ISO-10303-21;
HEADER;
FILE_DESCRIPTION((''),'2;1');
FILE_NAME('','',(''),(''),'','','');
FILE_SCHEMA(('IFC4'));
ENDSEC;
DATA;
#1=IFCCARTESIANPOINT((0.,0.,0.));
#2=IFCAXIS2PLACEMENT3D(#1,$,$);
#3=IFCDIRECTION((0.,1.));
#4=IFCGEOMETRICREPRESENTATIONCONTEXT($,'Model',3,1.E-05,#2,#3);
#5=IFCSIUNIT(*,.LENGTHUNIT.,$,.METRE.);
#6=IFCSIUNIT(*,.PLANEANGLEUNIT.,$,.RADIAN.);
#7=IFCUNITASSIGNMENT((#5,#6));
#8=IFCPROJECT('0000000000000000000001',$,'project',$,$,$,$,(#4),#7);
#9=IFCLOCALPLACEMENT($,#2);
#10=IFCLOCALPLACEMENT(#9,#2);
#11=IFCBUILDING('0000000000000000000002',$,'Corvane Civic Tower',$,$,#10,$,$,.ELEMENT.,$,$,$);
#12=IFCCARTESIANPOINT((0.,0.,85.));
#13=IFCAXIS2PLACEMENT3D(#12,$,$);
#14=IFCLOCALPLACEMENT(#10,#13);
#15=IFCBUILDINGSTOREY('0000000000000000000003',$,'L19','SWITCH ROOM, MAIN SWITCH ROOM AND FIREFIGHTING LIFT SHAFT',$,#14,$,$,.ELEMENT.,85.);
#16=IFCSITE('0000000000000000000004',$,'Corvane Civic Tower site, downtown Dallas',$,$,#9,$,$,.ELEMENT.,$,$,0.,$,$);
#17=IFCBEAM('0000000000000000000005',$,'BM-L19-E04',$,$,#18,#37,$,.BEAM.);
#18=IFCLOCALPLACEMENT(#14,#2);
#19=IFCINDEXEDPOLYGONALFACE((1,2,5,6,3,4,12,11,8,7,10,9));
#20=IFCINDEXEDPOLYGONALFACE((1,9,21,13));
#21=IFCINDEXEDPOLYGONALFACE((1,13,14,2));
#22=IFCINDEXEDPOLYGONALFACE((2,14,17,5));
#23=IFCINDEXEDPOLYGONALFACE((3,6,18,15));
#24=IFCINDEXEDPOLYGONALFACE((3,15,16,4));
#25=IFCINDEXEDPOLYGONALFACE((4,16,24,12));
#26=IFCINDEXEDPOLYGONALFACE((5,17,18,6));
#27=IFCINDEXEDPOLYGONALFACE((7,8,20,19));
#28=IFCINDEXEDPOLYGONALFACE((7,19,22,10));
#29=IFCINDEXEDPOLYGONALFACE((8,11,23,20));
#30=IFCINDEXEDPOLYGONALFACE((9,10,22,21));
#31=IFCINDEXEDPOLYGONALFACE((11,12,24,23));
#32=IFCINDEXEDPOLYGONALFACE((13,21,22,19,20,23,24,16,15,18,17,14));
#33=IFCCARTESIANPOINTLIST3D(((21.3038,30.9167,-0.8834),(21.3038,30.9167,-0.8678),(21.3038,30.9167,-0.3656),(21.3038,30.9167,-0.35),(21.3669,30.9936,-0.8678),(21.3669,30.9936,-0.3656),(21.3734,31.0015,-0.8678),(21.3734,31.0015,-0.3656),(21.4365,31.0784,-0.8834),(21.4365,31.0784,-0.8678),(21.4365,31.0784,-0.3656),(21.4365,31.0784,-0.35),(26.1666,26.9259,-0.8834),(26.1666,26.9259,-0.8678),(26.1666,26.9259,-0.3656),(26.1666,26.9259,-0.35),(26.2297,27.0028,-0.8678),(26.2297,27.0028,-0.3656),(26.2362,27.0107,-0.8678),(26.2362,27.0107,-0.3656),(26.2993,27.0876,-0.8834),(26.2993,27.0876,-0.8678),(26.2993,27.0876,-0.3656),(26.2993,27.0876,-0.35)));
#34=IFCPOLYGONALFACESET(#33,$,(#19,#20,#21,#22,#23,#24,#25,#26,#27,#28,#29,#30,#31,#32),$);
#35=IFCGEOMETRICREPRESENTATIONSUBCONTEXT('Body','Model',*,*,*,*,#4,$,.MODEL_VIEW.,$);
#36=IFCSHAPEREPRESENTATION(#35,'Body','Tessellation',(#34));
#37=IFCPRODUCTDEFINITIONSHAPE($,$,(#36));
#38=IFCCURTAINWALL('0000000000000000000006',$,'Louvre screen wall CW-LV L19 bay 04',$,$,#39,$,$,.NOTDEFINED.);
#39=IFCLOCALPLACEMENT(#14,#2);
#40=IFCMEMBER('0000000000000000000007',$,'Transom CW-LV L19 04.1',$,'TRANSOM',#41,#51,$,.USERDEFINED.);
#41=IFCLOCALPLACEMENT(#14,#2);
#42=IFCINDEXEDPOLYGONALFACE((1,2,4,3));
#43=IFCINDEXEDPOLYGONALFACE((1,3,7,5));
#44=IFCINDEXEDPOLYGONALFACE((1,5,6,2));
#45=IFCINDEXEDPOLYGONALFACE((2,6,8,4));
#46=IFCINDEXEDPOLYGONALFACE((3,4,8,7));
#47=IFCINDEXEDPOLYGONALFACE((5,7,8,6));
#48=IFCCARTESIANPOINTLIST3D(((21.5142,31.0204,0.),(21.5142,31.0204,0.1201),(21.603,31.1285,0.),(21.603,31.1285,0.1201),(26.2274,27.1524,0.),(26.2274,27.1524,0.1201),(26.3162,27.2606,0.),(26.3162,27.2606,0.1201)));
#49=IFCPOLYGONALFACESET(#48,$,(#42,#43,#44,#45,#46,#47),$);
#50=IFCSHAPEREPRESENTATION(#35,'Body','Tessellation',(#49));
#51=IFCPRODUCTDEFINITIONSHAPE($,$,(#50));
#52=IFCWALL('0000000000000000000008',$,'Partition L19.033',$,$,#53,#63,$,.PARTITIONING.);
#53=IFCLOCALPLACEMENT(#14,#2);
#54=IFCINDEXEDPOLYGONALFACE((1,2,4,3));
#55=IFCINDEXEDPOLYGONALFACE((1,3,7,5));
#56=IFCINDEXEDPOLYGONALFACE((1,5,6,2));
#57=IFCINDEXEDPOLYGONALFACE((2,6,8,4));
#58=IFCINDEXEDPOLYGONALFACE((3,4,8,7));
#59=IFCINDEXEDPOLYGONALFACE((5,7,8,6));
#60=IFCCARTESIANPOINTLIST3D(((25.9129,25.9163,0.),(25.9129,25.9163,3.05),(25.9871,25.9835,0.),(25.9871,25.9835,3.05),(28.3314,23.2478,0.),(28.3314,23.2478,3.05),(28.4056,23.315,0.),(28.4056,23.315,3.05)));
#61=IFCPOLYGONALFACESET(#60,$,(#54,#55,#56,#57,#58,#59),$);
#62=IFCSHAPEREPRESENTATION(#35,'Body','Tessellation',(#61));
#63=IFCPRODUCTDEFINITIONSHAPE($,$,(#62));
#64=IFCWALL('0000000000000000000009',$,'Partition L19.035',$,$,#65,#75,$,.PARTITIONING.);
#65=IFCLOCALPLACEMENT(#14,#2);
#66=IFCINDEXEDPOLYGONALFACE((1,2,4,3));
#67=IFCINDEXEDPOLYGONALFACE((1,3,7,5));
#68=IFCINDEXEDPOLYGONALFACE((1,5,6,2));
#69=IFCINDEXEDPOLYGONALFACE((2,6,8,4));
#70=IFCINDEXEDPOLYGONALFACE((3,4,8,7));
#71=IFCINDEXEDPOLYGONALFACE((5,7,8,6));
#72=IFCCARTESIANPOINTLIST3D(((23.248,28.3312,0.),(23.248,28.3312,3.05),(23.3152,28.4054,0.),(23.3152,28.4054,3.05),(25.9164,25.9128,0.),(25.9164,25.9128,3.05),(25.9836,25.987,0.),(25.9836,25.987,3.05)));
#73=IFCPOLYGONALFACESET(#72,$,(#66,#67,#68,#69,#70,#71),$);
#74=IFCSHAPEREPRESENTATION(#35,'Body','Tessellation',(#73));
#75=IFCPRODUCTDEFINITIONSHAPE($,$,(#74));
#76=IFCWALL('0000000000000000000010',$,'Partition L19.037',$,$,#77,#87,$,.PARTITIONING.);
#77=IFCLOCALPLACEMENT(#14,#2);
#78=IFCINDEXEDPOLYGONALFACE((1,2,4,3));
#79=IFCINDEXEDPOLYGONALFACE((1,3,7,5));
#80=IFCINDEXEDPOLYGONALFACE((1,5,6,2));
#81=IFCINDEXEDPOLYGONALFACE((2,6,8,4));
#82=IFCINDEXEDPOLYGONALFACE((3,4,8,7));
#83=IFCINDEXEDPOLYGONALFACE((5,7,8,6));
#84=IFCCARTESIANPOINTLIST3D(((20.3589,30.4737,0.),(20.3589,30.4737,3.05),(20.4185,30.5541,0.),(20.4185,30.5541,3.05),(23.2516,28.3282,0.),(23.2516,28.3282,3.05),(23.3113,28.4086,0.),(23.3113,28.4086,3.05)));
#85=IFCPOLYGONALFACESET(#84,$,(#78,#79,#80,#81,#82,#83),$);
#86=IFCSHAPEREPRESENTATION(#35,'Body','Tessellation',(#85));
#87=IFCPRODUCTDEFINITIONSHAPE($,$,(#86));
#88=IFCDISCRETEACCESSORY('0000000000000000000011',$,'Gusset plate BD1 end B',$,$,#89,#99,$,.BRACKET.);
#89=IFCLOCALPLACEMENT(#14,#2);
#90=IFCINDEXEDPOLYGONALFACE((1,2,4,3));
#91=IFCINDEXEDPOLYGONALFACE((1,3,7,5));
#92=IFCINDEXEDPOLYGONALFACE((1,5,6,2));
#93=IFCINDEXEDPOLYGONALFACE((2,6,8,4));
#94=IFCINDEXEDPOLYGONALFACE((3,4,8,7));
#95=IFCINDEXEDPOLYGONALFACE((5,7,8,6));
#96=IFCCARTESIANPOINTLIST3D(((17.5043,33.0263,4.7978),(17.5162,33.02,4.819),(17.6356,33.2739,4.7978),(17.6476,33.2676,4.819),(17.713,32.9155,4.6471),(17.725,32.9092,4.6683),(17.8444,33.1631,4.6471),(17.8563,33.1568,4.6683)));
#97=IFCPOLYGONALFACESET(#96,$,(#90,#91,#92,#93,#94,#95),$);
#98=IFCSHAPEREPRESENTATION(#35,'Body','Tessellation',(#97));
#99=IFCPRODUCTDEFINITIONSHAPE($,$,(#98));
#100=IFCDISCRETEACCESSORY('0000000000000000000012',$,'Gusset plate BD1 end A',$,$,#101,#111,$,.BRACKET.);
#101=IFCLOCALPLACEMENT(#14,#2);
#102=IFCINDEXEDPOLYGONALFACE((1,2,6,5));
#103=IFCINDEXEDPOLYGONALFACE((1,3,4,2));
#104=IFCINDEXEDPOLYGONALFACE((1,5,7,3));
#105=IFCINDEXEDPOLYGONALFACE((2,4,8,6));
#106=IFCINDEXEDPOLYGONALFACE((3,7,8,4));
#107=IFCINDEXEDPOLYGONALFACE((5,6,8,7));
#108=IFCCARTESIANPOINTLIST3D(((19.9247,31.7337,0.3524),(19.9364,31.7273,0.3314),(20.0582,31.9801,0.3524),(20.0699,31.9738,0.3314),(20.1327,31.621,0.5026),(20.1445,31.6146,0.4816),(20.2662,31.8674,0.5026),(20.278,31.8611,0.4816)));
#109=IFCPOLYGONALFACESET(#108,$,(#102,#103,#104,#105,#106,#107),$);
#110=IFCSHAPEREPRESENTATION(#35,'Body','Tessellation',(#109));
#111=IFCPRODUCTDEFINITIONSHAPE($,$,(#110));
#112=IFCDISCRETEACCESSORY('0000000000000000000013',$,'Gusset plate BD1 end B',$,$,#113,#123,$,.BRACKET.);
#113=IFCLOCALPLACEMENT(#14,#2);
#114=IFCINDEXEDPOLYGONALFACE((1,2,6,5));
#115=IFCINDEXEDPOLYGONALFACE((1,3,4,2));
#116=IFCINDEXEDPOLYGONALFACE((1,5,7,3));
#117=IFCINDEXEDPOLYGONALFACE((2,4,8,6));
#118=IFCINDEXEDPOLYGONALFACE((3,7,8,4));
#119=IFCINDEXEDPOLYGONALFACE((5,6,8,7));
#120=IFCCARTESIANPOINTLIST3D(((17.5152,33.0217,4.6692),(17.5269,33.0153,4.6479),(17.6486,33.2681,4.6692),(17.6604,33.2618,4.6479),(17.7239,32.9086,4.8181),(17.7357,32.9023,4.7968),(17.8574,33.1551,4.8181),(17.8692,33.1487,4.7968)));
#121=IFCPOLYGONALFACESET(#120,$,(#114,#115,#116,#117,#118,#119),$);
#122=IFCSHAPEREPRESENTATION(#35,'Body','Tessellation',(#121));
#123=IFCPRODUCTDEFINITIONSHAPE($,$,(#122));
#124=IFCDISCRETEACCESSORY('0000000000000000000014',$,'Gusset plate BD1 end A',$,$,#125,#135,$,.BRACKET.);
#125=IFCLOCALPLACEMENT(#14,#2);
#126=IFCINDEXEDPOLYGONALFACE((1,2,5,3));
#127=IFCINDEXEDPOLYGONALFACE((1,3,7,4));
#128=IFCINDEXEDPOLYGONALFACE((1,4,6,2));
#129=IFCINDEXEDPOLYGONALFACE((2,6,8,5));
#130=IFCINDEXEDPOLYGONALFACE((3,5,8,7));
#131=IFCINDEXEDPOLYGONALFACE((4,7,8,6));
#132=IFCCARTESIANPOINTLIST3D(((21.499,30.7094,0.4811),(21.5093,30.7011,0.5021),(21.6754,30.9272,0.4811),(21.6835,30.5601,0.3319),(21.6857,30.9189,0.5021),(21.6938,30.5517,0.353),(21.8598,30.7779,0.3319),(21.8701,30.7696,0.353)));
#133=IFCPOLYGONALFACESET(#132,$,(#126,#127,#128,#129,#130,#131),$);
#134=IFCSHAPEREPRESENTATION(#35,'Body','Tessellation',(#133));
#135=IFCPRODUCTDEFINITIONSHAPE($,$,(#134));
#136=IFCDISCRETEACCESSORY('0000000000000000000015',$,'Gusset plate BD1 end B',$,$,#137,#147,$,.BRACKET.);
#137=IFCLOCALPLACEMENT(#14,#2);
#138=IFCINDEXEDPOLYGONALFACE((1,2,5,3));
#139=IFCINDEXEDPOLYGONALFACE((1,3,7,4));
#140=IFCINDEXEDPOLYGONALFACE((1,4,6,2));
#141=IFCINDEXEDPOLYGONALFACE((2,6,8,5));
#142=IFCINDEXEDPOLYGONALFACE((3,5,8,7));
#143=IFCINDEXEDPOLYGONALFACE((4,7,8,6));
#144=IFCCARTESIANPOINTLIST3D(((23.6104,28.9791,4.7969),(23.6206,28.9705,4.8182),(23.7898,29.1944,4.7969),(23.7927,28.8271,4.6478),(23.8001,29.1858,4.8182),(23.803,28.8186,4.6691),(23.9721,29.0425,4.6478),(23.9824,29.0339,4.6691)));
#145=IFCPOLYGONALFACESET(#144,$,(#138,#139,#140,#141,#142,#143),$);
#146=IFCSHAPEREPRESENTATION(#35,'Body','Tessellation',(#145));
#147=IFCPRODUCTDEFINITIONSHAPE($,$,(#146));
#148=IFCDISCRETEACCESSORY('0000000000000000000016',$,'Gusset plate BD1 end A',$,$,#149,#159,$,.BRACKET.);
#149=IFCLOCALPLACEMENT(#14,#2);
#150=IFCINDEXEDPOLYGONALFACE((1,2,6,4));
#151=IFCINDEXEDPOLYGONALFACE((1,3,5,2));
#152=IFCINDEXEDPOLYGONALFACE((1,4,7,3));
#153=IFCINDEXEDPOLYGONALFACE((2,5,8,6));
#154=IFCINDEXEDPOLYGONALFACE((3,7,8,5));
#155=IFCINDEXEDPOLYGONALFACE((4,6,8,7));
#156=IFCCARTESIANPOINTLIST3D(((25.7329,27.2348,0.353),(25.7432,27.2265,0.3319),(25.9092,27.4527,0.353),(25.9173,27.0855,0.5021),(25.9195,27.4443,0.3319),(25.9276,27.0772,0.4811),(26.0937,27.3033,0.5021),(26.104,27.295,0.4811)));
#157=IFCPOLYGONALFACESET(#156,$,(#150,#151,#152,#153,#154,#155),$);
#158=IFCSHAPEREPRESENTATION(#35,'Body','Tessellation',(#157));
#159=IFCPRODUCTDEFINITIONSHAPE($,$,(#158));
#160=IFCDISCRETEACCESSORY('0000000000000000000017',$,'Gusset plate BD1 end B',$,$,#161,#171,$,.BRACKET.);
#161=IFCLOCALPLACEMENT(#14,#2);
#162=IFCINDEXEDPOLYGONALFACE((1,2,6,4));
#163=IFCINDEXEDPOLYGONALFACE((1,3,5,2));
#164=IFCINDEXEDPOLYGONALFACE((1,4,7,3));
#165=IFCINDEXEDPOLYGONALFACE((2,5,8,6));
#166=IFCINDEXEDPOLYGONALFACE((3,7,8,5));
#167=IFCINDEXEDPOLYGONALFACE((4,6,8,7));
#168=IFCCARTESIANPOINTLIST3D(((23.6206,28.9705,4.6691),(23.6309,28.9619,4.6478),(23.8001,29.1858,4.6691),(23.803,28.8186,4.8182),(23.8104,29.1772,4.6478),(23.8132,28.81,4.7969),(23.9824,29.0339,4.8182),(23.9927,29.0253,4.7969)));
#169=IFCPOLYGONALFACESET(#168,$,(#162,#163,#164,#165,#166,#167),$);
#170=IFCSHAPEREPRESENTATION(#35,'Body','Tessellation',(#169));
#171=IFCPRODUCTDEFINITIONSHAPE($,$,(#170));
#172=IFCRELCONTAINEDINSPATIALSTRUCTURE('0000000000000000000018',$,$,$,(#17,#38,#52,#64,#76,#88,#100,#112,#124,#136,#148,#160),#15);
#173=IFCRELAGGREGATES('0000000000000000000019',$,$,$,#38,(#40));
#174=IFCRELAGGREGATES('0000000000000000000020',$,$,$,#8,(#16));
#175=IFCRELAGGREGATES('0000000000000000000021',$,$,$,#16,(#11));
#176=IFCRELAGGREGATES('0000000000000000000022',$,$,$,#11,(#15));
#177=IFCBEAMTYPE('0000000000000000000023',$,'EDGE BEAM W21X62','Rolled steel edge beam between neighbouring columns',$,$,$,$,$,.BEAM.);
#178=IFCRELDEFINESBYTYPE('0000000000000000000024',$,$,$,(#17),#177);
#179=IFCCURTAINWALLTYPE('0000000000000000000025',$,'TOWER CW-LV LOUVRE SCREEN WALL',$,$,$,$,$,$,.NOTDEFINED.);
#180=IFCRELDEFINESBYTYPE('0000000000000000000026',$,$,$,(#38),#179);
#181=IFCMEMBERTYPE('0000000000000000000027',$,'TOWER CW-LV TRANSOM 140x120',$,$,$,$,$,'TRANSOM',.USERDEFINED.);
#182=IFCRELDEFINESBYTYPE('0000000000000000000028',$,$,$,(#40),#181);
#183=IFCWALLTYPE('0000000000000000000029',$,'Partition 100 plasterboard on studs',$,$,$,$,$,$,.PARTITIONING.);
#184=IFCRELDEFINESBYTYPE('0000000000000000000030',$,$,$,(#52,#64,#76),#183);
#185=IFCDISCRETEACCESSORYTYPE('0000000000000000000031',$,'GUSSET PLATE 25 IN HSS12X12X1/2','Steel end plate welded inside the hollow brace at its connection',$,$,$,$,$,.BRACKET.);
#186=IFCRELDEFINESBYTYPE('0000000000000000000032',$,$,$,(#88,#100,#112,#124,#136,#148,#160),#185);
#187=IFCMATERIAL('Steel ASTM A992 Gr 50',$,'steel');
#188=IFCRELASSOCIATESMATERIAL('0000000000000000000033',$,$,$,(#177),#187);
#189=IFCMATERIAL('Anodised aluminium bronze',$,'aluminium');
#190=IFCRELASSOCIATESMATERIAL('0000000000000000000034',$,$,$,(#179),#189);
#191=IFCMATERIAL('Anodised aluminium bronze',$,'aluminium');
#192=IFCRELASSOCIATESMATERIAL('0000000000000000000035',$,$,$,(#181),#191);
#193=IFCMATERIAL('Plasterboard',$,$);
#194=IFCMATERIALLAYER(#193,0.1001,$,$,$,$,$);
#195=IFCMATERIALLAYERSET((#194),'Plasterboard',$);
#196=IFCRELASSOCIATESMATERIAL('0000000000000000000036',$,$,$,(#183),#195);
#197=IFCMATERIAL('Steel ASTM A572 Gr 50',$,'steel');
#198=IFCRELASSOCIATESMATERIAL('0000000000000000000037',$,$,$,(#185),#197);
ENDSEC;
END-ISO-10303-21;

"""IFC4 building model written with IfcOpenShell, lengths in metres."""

from ifc_helpers import new_model, si_unit, direction, frame, frame_2d, origin, origin_2d, place, context, subcontext, project, spatial, rectangle, i_section, extrude, material, layer, layer_set, material_profile, profile_set, type_object, element, aggregate, save


model = new_model("IFC4")

# Units and contexts
model_context = context("Model", 3, precision=1e-05, world=origin(), true_north=direction((0.0, 1.0)))
body_context = subcontext(model_context, "Body", "Model", "MODEL_VIEW")
ifc_project = project(units=[si_unit("LENGTHUNIT", "METRE"), si_unit("PLANEANGLEUNIT", "RADIAN")], contexts=[model_context])

# Site, building, storey
site_placement = place(None, origin())
site = spatial("IfcSite", under=ifc_project, at=site_placement, Name="Corvane Civic Tower site, downtown Dallas", CompositionType="ELEMENT", RefElevation=0.0)
building_placement = place(site_placement, origin())
building = spatial("IfcBuilding", under=site, at=building_placement, Name="Corvane Civic Tower", CompositionType="ELEMENT")
storey_placement = place(building_placement, frame((0.0, 0.0, 85.0)))
storey = spatial("IfcBuildingStorey", under=building, at=storey_placement, Name="L19", Description="SWITCH ROOM, MAIN SWITCH ROOM AND FIREFIGHTING LIFT SHAFT", CompositionType="ELEMENT", Elevation=85.0)

# Beam
ifc_material_1 = material(Name="Steel ASTM A992 Gr 50", Category="steel")
ifc_material_profile_1 = material_profile(ifc_material_1, i_section(OverallWidth=0.2092, OverallDepth=0.5334, WebThickness=0.0103, FlangeThickness=0.0156, at=origin_2d()), Name="W21X62")
ifc_profile_set_1 = profile_set([ifc_material_profile_1], Name="Steel ASTM A992 Gr 50")
beam_type = type_object("IfcBeamType", Name="EDGE BEAM W21X62", Description="Rolled steel edge beam between neighbouring columns", PredefinedType="BEAM", material=ifc_profile_set_1)
beam_placement = place(storey_placement, frame((21.3701, 30.9976, -0.6167), z_axis=(0.773016, -0.634387, 0.0), x_axis=(0.634387, 0.773016, 0.0)))
element("IfcBeam", 1, at=beam_placement, inside=storey, type_object=beam_type, Name="BM-L19-E04", PredefinedType="BEAM", context=body_context, shape_type="SweptSolid", body=[
    extrude(i_section(OverallWidth=0.2092, OverallDepth=0.5334, WebThickness=0.0103, FlangeThickness=0.0156, at=origin_2d()), origin(), (0.0, 0.0, 1.0), 6.2908),
])

# Curtain wall, member
ifc_material_2 = material(Name="Anodised aluminium bronze", Category="aluminium")
curtain_wall_type = type_object("IfcCurtainWallType", Name="TOWER CW-LV LOUVRE SCREEN WALL", PredefinedType="NOTDEFINED", material=ifc_material_2)
curtain_wall_placement = place(storey_placement, origin())
curtain_wall = element("IfcCurtainWall", 2, at=curtain_wall_placement, inside=storey, type_object=curtain_wall_type, Name="Louvre screen wall CW-LV L19 bay 04", PredefinedType="NOTDEFINED")
ifc_material_3 = material(Name="Anodised aluminium bronze", Category="aluminium")
ifc_material_profile_2 = material_profile(ifc_material_3, rectangle(XDim=0.1399, YDim=0.1201, at=origin_2d()), Name="TOWER CW-LV TRANSOM 140x120")
ifc_profile_set_2 = profile_set([ifc_material_profile_2], Name="Anodised aluminium bronze")
member_type_1 = type_object("IfcMemberType", Name="TOWER CW-LV TRANSOM 140x120", ElementType="TRANSOM", PredefinedType="USERDEFINED", material=ifc_profile_set_2)
member_placement = place(storey_placement, frame((21.5586, 31.0745, 0.0601), z_axis=(0.773014, -0.634388, 0.0), x_axis=(0.634388, 0.773014, 0.0)))
member = element("IfcMember", 3, at=member_placement, type_object=member_type_1, Name="Transom CW-LV L19 04.1", ObjectType="TRANSOM", PredefinedType="USERDEFINED", context=body_context, shape_type="SweptSolid", body=[
    extrude(rectangle(XDim=0.1399, YDim=0.1201, at=origin_2d()), origin(), (0.0, 0.0, 1.0), 6.0972),
])

# Walls
ifc_material_4 = material(Name="Plasterboard")
ifc_layer = layer(ifc_material_4, 0.1001)
ifc_layer_set = layer_set([ifc_layer], Name="Plasterboard")
wall_type = type_object("IfcWallType", Name="Partition 100 plasterboard on studs", PredefinedType="PARTITIONING", material=ifc_layer_set)
for number, where, z_axis, x_axis, name in (
    (4, (25.95, 25.95, 0.0), (0.0, 0.0, 1.0), (0.671545, -0.740964, 0.0), "Partition L19.033"),
    (5, (23.2815, 28.3684, 0.0), (0.0, 0.0, 1.0), (0.740964, -0.671545, 0.0), "Partition L19.035"),
):
    element("IfcWall", number, at=place(storey_placement, frame(where, z_axis=z_axis, x_axis=x_axis)), inside=storey, type_object=wall_type, Name=name, PredefinedType="PARTITIONING", context=body_context, shape_type="SweptSolid", body=[
        extrude(rectangle(XDim=3.6013, YDim=0.1001, at=frame_2d((1.8008, 0.0))), origin(), (0.0, 0.0, 1.0), 3.05),
    ])
wall_placement = place(storey_placement, frame((20.3887, 30.5139, 0.0), z_axis=(0.0, 0.0, 1.0), x_axis=(0.803202, -0.595707, 0.0)))
element("IfcWall", 6, at=wall_placement, inside=storey, type_object=wall_type, Name="Partition L19.037", PredefinedType="PARTITIONING", context=body_context, shape_type="SweptSolid", body=[
    extrude(rectangle(XDim=3.6016, YDim=0.1001, at=frame_2d((1.8008, 0.0))), origin(), (0.0, 0.0, 1.0), 3.05),
])

aggregate(curtain_wall, [member])

# Discrete accessories
ifc_material_5 = material(Name="Steel ASTM A572 Gr 50", Category="steel")
ifc_material_profile_3 = material_profile(ifc_material_5, rectangle(XDim=0.2803, YDim=0.2803, at=origin_2d()), Name="GUSSET PLATE 25 IN HSS12X12X1/2")
ifc_profile_set_3 = profile_set([ifc_material_profile_3], Name="Steel ASTM A572 Gr 50")
discrete_accessory_type = type_object("IfcDiscreteAccessoryType", Name="GUSSET PLATE 25 IN HSS12X12X1/2", Description="Steel end plate welded inside the hollow brace at its connection", PredefinedType="BRACKET", material=ifc_profile_set_3)
discrete_accessory_1_placement = place(storey_placement, frame((17.6863, 33.0884, 4.7437), z_axis=(-0.474901, 0.251988, -0.843191), x_axis=(-0.468716, -0.883349, 0.0)))
element("IfcDiscreteAccessory", 7, at=discrete_accessory_1_placement, inside=storey, type_object=discrete_accessory_type, Name="Gusset plate BD1 end B", PredefinedType="BRACKET", context=body_context, shape_type="SweptSolid", body=[
    extrude(rectangle(XDim=0.2803, YDim=0.2803, at=origin_2d()), origin(), (0.0, 0.0, 1.0), 0.0251),
])
discrete_accessory_2_placement = place(storey_placement, frame((20.1072, 31.7942, 0.4065), z_axis=(-0.471223, 0.255246, 0.844274), x_axis=(-0.476283, -0.879292, 0.0)))
element("IfcDiscreteAccessory", 8, at=discrete_accessory_2_placement, inside=storey, type_object=discrete_accessory_type, Name="Gusset plate BD1 end A", PredefinedType="BRACKET", context=body_context, shape_type="SweptSolid", body=[
    extrude(rectangle(XDim=0.2803, YDim=0.2803, at=origin_2d()), origin(), (0.0, 0.0, 1.0), 0.0249),
])
discrete_accessory_3_placement = place(storey_placement, frame((17.6863, 33.0884, 4.7437), z_axis=(0.467343, -0.253144, -0.847059), x_axis=(0.476283, 0.879292, 0.0)))
element("IfcDiscreteAccessory", 9, at=discrete_accessory_3_placement, inside=storey, type_object=discrete_accessory_type, Name="Gusset plate BD1 end B", PredefinedType="BRACKET", context=body_context, shape_type="SweptSolid", body=[
    extrude(rectangle(XDim=0.2803, YDim=0.2803, at=origin_2d()), origin(), (0.0, 0.0, 1.0), 0.0251),
])
discrete_accessory_4_placement = place(storey_placement, frame((21.6794, 30.7437, 0.4065), z_axis=(0.413517, -0.334752, 0.846726), x_axis=(0.629198, 0.777245, 0.0)))
element("IfcDiscreteAccessory", 10, at=discrete_accessory_4_placement, inside=storey, type_object=discrete_accessory_type, Name="Gusset plate BD1 end A", PredefinedType="BRACKET", context=body_context, shape_type="SweptSolid", body=[
    extrude(rectangle(XDim=0.2803, YDim=0.2803, at=origin_2d()), origin(), (0.0, 0.0, 1.0), 0.0249),
])
discrete_accessory_5_placement = place(storey_placement, frame((23.8015, 29.0022, 4.7437), z_axis=(-0.408751, 0.340626, -0.846698), x_axis=(-0.640184, -0.768221, 0.0)))
element("IfcDiscreteAccessory", 11, at=discrete_accessory_5_placement, inside=storey, type_object=discrete_accessory_type, Name="Gusset plate BD1 end B", PredefinedType="BRACKET", context=body_context, shape_type="SweptSolid", body=[
    extrude(rectangle(XDim=0.2803, YDim=0.2803, at=origin_2d()), origin(), (0.0, 0.0, 1.0), 0.0251),
])
discrete_accessory_6_placement = place(storey_placement, frame((25.9236, 27.2607, 0.4065), z_axis=(-0.413517, 0.334752, 0.846726), x_axis=(-0.629198, -0.777245, 0.0)))
element("IfcDiscreteAccessory", 12, at=discrete_accessory_6_placement, inside=storey, type_object=discrete_accessory_type, Name="Gusset plate BD1 end A", PredefinedType="BRACKET", context=body_context, shape_type="SweptSolid", body=[
    extrude(rectangle(XDim=0.2803, YDim=0.2803, at=origin_2d()), origin(), (0.0, 0.0, 1.0), 0.0249),
])
discrete_accessory_7_placement = place(storey_placement, frame((23.8015, 29.0022, 4.7437), z_axis=(0.408751, -0.340626, -0.846698), x_axis=(0.640184, 0.768221, 0.0)))
element("IfcDiscreteAccessory", 13, at=discrete_accessory_7_placement, inside=storey, type_object=discrete_accessory_type, Name="Gusset plate BD1 end B", PredefinedType="BRACKET", context=body_context, shape_type="SweptSolid", body=[
    extrude(rectangle(XDim=0.2803, YDim=0.2803, at=origin_2d()), origin(), (0.0, 0.0, 1.0), 0.0251),
])

save(model, "model.ifc")
